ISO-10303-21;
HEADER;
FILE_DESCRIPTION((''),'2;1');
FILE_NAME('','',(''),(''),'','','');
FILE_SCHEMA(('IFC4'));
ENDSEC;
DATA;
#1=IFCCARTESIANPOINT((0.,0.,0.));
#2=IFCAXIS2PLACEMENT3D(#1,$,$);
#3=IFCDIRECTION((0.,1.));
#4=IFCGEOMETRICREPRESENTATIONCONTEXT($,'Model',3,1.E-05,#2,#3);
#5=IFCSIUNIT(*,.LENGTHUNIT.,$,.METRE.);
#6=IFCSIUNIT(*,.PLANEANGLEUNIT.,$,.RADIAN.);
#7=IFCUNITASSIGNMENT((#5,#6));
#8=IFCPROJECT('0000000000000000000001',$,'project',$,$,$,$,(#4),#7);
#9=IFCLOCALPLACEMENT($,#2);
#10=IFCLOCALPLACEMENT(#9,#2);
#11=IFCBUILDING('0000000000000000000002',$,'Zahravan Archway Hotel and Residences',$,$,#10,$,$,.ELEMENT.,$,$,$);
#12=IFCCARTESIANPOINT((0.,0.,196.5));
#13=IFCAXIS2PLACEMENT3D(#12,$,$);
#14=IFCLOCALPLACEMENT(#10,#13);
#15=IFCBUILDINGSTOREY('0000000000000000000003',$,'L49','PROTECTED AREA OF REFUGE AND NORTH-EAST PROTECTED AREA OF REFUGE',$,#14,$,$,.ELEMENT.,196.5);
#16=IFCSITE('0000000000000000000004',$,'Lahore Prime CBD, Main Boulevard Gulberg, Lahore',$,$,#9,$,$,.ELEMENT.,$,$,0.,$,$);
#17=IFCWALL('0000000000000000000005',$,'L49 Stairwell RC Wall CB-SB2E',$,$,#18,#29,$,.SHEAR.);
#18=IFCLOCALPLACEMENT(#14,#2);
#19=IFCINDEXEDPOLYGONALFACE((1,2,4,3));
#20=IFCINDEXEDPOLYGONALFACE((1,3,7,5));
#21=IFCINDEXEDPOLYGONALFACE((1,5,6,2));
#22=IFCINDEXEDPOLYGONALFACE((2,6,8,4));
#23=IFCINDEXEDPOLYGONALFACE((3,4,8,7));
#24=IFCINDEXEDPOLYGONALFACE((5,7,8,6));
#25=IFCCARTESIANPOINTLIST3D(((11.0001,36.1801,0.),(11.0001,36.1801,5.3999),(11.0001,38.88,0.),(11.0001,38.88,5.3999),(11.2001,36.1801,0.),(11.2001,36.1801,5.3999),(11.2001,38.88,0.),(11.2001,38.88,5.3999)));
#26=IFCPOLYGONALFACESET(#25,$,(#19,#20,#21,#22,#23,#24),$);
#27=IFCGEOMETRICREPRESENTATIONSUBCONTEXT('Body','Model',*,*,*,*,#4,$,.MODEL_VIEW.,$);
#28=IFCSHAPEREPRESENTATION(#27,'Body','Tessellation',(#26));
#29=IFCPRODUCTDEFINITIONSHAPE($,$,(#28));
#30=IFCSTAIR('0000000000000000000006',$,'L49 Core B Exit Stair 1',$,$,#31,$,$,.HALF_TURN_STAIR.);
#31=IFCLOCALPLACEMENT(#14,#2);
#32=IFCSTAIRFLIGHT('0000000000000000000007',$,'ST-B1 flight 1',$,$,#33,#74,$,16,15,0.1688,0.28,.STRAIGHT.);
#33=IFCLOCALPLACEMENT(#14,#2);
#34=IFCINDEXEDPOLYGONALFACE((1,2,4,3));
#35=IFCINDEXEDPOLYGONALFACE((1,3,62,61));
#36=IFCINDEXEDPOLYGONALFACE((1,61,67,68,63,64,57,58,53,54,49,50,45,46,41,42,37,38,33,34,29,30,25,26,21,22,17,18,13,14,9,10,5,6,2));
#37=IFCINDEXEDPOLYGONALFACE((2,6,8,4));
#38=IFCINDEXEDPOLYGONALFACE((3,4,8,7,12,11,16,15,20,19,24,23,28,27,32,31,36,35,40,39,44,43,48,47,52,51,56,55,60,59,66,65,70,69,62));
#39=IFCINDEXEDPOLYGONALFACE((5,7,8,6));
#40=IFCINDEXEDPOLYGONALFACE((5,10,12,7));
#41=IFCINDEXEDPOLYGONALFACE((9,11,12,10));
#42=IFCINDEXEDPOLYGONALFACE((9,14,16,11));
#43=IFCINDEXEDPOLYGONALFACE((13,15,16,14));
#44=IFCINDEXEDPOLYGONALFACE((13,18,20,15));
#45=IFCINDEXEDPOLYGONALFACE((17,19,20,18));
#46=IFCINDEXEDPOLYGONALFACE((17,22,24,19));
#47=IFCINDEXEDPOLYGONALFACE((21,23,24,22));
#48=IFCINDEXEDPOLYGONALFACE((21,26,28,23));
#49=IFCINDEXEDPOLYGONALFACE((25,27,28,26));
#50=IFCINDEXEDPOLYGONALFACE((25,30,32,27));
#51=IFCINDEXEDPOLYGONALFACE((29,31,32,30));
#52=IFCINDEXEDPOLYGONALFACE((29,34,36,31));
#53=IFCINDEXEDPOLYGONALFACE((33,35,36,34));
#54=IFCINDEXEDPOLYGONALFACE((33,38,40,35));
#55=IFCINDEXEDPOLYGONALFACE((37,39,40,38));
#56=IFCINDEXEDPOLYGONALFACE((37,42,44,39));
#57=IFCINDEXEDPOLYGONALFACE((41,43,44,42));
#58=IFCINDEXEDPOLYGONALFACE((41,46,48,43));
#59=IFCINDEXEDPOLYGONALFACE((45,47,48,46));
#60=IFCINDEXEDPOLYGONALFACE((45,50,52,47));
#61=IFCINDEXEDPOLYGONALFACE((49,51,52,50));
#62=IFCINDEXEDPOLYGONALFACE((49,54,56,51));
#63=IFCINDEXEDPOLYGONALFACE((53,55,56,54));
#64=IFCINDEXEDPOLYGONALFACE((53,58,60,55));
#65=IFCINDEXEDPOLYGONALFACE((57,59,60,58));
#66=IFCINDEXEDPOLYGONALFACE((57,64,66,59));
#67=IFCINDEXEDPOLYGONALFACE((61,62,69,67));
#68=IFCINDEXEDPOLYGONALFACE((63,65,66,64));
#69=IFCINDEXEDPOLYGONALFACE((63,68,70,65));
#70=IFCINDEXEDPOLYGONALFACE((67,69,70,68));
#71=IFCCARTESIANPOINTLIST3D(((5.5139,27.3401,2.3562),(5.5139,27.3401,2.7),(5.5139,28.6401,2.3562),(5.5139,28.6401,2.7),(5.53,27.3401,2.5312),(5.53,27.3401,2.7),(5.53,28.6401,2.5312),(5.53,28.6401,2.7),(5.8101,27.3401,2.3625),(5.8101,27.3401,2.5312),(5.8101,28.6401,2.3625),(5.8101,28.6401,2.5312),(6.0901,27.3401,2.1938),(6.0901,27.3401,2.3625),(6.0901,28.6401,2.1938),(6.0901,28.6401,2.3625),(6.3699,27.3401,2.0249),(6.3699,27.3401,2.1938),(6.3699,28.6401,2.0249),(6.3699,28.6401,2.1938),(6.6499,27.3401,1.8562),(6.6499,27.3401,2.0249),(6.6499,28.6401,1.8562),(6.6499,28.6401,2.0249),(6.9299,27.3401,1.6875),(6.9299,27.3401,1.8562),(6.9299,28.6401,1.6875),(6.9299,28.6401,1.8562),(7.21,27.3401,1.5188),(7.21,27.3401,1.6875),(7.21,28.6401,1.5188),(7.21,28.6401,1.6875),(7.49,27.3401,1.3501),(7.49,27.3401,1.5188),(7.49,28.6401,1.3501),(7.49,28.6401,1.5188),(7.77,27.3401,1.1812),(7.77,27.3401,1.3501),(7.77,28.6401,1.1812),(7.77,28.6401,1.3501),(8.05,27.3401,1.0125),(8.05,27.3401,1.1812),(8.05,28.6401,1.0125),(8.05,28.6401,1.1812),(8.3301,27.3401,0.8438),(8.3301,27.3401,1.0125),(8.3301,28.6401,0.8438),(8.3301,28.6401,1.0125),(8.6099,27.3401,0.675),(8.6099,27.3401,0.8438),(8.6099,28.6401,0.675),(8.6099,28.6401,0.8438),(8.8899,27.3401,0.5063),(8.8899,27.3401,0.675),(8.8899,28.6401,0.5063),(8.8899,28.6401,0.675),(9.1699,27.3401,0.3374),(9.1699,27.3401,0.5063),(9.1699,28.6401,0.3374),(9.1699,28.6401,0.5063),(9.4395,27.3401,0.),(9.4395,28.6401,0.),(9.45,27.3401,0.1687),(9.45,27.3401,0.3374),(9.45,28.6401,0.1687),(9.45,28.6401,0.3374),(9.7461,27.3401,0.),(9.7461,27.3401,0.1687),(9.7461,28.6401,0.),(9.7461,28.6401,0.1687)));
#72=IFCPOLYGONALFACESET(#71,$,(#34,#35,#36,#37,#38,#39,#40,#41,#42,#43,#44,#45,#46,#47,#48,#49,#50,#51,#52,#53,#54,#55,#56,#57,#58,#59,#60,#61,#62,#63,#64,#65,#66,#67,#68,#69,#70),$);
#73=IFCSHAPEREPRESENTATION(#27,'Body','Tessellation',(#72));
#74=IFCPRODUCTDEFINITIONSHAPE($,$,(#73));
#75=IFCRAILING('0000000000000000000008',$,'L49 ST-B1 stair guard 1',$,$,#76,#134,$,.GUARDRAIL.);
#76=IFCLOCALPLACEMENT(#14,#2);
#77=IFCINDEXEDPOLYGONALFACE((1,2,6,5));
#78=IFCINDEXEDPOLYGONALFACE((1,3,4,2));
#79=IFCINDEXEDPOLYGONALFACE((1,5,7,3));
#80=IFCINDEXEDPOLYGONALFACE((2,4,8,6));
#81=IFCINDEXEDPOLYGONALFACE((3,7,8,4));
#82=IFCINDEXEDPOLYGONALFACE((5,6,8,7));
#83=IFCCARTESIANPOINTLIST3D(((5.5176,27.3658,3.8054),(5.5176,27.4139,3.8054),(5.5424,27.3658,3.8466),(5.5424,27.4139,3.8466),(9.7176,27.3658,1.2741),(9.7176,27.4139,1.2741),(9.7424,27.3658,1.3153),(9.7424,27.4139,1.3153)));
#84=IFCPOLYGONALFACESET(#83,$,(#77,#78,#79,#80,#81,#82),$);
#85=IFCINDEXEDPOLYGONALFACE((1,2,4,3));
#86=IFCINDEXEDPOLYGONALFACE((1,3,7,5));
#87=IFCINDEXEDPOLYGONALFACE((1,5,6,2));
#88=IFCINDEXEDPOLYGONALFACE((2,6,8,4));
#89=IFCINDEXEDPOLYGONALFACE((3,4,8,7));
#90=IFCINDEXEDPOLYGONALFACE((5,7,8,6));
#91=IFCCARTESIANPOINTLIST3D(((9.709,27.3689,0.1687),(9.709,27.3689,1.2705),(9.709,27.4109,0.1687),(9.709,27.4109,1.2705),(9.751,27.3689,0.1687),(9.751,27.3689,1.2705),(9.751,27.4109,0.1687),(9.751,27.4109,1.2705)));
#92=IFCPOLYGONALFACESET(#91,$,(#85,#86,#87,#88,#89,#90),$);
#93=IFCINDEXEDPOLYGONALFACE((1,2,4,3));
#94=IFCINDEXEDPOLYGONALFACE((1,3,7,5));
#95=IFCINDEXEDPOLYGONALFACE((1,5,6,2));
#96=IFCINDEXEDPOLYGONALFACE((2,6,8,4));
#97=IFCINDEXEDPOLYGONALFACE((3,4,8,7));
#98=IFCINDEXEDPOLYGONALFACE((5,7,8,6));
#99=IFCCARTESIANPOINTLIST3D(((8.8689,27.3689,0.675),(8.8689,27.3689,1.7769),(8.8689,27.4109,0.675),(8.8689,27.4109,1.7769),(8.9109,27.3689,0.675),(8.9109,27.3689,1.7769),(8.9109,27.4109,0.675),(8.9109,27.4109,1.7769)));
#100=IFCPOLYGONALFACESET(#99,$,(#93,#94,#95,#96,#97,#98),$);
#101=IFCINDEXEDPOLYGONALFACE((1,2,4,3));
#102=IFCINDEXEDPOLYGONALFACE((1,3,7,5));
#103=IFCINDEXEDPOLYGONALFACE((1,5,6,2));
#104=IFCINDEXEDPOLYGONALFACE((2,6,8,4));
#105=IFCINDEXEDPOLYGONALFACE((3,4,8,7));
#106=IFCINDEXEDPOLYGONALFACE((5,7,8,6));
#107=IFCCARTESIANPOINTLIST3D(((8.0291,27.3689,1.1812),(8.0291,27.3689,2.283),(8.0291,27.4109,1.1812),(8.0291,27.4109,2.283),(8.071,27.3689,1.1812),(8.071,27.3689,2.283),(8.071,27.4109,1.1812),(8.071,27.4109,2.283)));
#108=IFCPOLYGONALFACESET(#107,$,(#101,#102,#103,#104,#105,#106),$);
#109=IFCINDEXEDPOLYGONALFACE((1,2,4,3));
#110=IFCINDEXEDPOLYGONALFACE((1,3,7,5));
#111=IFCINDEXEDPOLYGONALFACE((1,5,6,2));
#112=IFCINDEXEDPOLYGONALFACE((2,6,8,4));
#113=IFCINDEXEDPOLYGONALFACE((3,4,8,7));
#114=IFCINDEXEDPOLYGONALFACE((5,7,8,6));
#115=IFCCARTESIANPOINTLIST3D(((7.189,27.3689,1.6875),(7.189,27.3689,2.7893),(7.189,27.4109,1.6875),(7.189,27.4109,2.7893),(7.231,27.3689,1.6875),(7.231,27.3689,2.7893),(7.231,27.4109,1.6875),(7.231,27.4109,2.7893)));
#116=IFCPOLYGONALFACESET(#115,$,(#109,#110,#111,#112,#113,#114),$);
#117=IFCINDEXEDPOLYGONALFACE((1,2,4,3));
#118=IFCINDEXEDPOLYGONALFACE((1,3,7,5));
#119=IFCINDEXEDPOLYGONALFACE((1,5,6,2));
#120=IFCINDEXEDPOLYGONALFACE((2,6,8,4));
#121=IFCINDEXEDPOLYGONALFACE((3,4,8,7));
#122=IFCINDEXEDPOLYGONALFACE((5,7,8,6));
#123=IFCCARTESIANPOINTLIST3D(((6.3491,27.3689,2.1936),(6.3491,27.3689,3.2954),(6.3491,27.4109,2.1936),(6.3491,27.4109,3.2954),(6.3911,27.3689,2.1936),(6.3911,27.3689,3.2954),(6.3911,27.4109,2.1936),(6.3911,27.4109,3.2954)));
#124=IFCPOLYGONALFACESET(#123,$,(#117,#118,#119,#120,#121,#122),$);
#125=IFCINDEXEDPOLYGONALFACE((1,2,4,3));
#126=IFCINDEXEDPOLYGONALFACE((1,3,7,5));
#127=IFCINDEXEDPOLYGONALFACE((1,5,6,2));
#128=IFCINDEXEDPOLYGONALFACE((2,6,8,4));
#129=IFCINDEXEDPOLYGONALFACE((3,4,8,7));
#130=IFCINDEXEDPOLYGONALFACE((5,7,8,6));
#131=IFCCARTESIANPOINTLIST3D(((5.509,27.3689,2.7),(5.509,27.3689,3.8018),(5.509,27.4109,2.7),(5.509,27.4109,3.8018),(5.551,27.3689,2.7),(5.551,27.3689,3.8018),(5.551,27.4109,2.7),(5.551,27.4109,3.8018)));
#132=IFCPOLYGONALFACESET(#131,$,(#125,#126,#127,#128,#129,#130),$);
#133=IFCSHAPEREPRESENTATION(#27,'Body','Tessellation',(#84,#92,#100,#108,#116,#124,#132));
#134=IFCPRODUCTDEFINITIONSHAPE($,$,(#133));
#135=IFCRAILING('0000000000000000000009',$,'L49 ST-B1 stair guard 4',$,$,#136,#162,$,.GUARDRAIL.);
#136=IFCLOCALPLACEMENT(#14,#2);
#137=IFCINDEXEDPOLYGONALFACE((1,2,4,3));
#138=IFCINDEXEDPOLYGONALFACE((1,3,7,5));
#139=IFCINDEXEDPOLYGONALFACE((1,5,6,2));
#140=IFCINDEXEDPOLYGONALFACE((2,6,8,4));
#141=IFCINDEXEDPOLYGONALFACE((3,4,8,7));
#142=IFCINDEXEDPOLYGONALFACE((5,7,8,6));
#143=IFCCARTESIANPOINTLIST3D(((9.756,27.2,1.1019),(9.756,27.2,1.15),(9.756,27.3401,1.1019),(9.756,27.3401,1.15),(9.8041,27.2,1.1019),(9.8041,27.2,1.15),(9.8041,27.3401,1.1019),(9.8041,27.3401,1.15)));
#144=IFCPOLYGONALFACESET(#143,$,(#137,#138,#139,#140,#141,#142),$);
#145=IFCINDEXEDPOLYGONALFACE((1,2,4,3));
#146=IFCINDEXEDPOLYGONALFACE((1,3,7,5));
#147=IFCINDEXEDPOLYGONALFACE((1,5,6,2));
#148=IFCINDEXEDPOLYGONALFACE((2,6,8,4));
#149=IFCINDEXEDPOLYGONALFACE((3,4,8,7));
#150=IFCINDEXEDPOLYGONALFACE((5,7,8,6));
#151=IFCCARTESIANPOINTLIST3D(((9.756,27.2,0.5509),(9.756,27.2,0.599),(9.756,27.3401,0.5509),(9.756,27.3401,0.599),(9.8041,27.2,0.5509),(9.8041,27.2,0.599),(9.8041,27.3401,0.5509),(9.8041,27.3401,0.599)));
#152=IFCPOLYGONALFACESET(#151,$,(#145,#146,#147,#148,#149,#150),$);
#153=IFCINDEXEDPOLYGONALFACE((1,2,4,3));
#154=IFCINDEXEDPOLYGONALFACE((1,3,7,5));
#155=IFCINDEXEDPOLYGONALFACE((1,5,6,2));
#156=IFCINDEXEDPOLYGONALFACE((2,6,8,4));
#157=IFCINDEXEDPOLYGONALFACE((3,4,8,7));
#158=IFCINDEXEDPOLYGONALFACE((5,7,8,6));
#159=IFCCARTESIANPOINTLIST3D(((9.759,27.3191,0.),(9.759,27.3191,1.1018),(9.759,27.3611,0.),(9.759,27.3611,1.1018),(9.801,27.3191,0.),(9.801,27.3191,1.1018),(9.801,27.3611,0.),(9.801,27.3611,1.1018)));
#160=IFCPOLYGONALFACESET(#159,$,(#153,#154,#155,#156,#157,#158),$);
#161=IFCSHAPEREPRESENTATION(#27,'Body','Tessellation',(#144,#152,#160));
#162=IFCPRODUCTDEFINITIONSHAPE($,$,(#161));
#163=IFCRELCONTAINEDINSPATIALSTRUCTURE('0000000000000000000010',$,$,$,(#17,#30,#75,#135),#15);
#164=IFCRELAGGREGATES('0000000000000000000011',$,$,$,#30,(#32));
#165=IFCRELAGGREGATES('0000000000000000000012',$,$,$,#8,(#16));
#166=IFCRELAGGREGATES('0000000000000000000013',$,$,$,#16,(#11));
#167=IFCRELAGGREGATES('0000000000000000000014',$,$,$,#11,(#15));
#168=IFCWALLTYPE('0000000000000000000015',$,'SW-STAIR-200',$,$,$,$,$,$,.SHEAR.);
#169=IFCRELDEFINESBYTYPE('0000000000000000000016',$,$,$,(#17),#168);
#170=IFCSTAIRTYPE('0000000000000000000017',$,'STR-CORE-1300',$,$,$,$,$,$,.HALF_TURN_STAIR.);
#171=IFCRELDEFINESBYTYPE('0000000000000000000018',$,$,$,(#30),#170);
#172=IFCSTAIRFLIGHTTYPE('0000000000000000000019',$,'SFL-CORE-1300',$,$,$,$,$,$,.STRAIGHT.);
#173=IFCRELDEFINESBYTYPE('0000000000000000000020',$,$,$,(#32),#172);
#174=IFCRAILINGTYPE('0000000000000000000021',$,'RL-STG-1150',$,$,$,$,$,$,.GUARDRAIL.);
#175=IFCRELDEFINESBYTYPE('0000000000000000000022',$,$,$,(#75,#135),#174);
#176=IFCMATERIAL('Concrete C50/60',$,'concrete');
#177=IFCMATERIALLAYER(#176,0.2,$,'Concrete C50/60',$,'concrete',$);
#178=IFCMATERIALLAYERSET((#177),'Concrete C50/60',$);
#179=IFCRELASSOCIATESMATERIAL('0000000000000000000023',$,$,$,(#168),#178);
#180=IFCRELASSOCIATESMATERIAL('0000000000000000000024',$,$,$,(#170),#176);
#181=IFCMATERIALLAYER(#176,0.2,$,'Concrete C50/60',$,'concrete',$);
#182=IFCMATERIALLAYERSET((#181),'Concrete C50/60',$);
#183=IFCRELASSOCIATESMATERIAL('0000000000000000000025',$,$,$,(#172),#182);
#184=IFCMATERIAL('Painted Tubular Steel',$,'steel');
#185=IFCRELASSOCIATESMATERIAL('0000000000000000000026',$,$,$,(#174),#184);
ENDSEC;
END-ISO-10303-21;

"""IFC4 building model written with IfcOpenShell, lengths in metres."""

from ifc_helpers import new_model, si_unit, direction, frame, frame_2d, origin, origin_2d, place, context, subcontext, project, spatial, polyline, rectangle, outline, extrude, source, transform, mapped, material, layer, layer_set, type_object, element, aggregate, save


model = new_model("IFC4")

# Units and contexts
model_context = context("Model", 3, precision=1e-05, world=origin(), true_north=direction((0.0, 1.0)))
body_context = subcontext(model_context, "Body", "Model", "MODEL_VIEW")
ifc_project = project(units=[si_unit("LENGTHUNIT", "METRE"), si_unit("PLANEANGLEUNIT", "RADIAN")], contexts=[model_context])

# Site, building, storey
site_placement = place(None, origin())
site = spatial("IfcSite", under=ifc_project, at=site_placement, Name="Lahore Prime CBD, Main Boulevard Gulberg, Lahore", CompositionType="ELEMENT", RefElevation=0.0)
building_placement = place(site_placement, origin())
building = spatial("IfcBuilding", under=site, at=building_placement, Name="Zahravan Archway Hotel and Residences", CompositionType="ELEMENT")
storey_placement = place(building_placement, frame((0.0, 0.0, 196.5)))
storey = spatial("IfcBuildingStorey", under=building, at=storey_placement, Name="L49", Description="PROTECTED AREA OF REFUGE AND NORTH-EAST PROTECTED AREA OF REFUGE", CompositionType="ELEMENT", Elevation=196.5)

# Wall
ifc_material_1 = material(Name="Concrete C50/60", Category="concrete")
ifc_layer_1 = layer(ifc_material_1, 0.2, Name="Concrete C50/60", Category="concrete")
ifc_layer_set_1 = layer_set([ifc_layer_1], Name="Concrete C50/60")
wall_type_1 = type_object("IfcWallType", Name="SW-STAIR-200", PredefinedType="SHEAR", material=ifc_layer_set_1)
wall_1_placement = place(storey_placement, frame((11.1001, 36.1799, 0.0), z_axis=(0.0, 0.0, 1.0), x_axis=(0.0, 1.0, 0.0)))
element("IfcWall", 1, at=wall_1_placement, inside=storey, type_object=wall_type_1, Name="L49 Stairwell RC Wall CB-SB2E", PredefinedType="SHEAR", context=body_context, shape_type="SweptSolid", body=[
    extrude(rectangle(XDim=2.7, YDim=0.2, at=frame_2d((1.3501, 0.0))), origin(), (0.0, 0.0, 1.0), 5.3999),
])

# Stair, stair flight
stair_type = type_object("IfcStairType", Name="STR-CORE-1300", PredefinedType="HALF_TURN_STAIR", material=ifc_material_1)
stair_placement = place(storey_placement, origin())
stair = element("IfcStair", 2, at=stair_placement, inside=storey, type_object=stair_type, Name="L49 Core B Exit Stair 1", PredefinedType="HALF_TURN_STAIR")
ifc_layer_2 = layer(ifc_material_1, 0.2, Name="Concrete C50/60", Category="concrete")
ifc_layer_set_2 = layer_set([ifc_layer_2], Name="Concrete C50/60")
stair_flight_type = type_object("IfcStairFlightType", Name="SFL-CORE-1300", PredefinedType="STRAIGHT", material=ifc_layer_set_2)
shared_shape_1 = source(origin(), body_context, "Body", "SweptSolid", [
    extrude(outline(polyline([(-0.0161, 0.0), (-0.0161, 0.1687), (0.28, 0.1687), (0.28, 0.3374), (0.5601, 0.3374), (0.5601, 0.5063), (0.8401, 0.5063), (0.8401, 0.675), (1.1201, 0.675), (1.1201, 0.8438), (1.3999, 0.8438), (1.3999, 1.0125), (1.6799, 1.0125), (1.6799, 1.1812), (1.96, 1.1812), (1.96, 1.3501), (2.24, 1.3501), (2.24, 1.5188), (2.52, 1.5188), (2.52, 1.6875), (2.8, 1.6875), (2.8, 1.8562), (3.0801, 1.8562), (3.0801, 2.0249), (3.3601, 2.0249), (3.3601, 2.1938), (3.6399, 2.1938), (3.6399, 2.3625), (3.9199, 2.3625), (3.9199, 2.5312), (4.2, 2.5312), (4.2, 2.7), (4.2161, 2.7), (4.2161, 2.3562), (0.2905, 0.0), (-0.0161, 0.0)])), frame((0.0, 0.6499, 0.0), z_axis=(0.0, -1.0, 0.0), x_axis=(1.0, 0.0, 0.0)), (0.0, 0.0, 1.0), 1.3),
])
stair_flight_placement = place(storey_placement, frame((9.73, 27.99, 0.0), z_axis=(0.0, 0.0, 1.0), x_axis=(-1.0, 0.0, 0.0)))
stair_flight = element("IfcStairFlight", 3, at=stair_flight_placement, type_object=stair_flight_type, Name="ST-B1 flight 1", NumberOfRisers=16, NumberOfTreads=15, PredefinedType="STRAIGHT", RiserHeight=0.1688, TreadLength=0.28, context=body_context, shape_type="MappedRepresentation", body=[
    mapped(shared_shape_1, transform((0.0, 0.0, 0.0), scale=1.0)),
])
aggregate(stair, [stair_flight])

# Railings
ifc_material_2 = material(Name="Painted Tubular Steel", Category="steel")
railing_type_1 = type_object("IfcRailingType", Name="RL-STG-1150", PredefinedType="GUARDRAIL", material=ifc_material_2)
railing_1_placement = place(storey_placement, frame((9.73, 27.3899, 0.1687)))
element("IfcRailing", 4, at=railing_1_placement, inside=storey, type_object=railing_type_1, Name="L49 ST-B1 stair guard 1", PredefinedType="GUARDRAIL", context=body_context, shape_type="SweptSolid", body=[
    extrude(rectangle(XDim=0.0481, YDim=0.0481, at=origin_2d()), frame((0.0, 0.0, 1.126), z_axis=(-0.856476, 0.0, 0.516186), x_axis=(0.0, -1.0, 0.0)), (0.0, 0.0, 1.0), 4.9038),
    extrude(rectangle(XDim=0.042, YDim=0.042, at=origin_2d()), origin(), (0.0, 0.0, 1.0), 1.1018),
    extrude(rectangle(XDim=0.042, YDim=0.042, at=origin_2d()), frame((-0.8401, 0.0, 0.5063)), (0.0, 0.0, 1.0), 1.1018),
    extrude(rectangle(XDim=0.042, YDim=0.042, at=origin_2d()), frame((-1.6799, 0.0, 1.0125)), (0.0, 0.0, 1.0), 1.1018),
    extrude(rectangle(XDim=0.042, YDim=0.042, at=origin_2d()), frame((-2.52, 0.0, 1.5188)), (0.0, 0.0, 1.0), 1.1018),
    extrude(rectangle(XDim=0.042, YDim=0.042, at=origin_2d()), frame((-3.3599, 0.0, 2.0249)), (0.0, 0.0, 1.0), 1.1018),
    extrude(rectangle(XDim=0.042, YDim=0.042, at=origin_2d()), frame((-4.2, 0.0, 2.5312)), (0.0, 0.0, 1.0), 1.1018),
])
railing_2_placement = place(storey_placement, frame((9.78, 27.3401, 0.0)))
element("IfcRailing", 5, at=railing_2_placement, inside=storey, type_object=railing_type_1, Name="L49 ST-B1 stair guard 4", PredefinedType="GUARDRAIL", context=body_context, shape_type="SweptSolid", body=[
    extrude(rectangle(XDim=0.0481, YDim=0.0481, at=origin_2d()), frame((0.0, 0.0, 1.126), z_axis=(0.0, -1.0, 0.0), x_axis=(1.0, 0.0, 0.0)), (0.0, 0.0, 1.0), 0.1401),
    extrude(rectangle(XDim=0.0481, YDim=0.0481, at=origin_2d()), frame((0.0, 0.0, 0.575), z_axis=(0.0, -1.0, 0.0), x_axis=(1.0, 0.0, 0.0)), (0.0, 0.0, 1.0), 0.1401),
    extrude(rectangle(XDim=0.042, YDim=0.042, at=origin_2d()), origin(), (0.0, 0.0, 1.0), 1.1018),
])

save(model, "model.ifc")
